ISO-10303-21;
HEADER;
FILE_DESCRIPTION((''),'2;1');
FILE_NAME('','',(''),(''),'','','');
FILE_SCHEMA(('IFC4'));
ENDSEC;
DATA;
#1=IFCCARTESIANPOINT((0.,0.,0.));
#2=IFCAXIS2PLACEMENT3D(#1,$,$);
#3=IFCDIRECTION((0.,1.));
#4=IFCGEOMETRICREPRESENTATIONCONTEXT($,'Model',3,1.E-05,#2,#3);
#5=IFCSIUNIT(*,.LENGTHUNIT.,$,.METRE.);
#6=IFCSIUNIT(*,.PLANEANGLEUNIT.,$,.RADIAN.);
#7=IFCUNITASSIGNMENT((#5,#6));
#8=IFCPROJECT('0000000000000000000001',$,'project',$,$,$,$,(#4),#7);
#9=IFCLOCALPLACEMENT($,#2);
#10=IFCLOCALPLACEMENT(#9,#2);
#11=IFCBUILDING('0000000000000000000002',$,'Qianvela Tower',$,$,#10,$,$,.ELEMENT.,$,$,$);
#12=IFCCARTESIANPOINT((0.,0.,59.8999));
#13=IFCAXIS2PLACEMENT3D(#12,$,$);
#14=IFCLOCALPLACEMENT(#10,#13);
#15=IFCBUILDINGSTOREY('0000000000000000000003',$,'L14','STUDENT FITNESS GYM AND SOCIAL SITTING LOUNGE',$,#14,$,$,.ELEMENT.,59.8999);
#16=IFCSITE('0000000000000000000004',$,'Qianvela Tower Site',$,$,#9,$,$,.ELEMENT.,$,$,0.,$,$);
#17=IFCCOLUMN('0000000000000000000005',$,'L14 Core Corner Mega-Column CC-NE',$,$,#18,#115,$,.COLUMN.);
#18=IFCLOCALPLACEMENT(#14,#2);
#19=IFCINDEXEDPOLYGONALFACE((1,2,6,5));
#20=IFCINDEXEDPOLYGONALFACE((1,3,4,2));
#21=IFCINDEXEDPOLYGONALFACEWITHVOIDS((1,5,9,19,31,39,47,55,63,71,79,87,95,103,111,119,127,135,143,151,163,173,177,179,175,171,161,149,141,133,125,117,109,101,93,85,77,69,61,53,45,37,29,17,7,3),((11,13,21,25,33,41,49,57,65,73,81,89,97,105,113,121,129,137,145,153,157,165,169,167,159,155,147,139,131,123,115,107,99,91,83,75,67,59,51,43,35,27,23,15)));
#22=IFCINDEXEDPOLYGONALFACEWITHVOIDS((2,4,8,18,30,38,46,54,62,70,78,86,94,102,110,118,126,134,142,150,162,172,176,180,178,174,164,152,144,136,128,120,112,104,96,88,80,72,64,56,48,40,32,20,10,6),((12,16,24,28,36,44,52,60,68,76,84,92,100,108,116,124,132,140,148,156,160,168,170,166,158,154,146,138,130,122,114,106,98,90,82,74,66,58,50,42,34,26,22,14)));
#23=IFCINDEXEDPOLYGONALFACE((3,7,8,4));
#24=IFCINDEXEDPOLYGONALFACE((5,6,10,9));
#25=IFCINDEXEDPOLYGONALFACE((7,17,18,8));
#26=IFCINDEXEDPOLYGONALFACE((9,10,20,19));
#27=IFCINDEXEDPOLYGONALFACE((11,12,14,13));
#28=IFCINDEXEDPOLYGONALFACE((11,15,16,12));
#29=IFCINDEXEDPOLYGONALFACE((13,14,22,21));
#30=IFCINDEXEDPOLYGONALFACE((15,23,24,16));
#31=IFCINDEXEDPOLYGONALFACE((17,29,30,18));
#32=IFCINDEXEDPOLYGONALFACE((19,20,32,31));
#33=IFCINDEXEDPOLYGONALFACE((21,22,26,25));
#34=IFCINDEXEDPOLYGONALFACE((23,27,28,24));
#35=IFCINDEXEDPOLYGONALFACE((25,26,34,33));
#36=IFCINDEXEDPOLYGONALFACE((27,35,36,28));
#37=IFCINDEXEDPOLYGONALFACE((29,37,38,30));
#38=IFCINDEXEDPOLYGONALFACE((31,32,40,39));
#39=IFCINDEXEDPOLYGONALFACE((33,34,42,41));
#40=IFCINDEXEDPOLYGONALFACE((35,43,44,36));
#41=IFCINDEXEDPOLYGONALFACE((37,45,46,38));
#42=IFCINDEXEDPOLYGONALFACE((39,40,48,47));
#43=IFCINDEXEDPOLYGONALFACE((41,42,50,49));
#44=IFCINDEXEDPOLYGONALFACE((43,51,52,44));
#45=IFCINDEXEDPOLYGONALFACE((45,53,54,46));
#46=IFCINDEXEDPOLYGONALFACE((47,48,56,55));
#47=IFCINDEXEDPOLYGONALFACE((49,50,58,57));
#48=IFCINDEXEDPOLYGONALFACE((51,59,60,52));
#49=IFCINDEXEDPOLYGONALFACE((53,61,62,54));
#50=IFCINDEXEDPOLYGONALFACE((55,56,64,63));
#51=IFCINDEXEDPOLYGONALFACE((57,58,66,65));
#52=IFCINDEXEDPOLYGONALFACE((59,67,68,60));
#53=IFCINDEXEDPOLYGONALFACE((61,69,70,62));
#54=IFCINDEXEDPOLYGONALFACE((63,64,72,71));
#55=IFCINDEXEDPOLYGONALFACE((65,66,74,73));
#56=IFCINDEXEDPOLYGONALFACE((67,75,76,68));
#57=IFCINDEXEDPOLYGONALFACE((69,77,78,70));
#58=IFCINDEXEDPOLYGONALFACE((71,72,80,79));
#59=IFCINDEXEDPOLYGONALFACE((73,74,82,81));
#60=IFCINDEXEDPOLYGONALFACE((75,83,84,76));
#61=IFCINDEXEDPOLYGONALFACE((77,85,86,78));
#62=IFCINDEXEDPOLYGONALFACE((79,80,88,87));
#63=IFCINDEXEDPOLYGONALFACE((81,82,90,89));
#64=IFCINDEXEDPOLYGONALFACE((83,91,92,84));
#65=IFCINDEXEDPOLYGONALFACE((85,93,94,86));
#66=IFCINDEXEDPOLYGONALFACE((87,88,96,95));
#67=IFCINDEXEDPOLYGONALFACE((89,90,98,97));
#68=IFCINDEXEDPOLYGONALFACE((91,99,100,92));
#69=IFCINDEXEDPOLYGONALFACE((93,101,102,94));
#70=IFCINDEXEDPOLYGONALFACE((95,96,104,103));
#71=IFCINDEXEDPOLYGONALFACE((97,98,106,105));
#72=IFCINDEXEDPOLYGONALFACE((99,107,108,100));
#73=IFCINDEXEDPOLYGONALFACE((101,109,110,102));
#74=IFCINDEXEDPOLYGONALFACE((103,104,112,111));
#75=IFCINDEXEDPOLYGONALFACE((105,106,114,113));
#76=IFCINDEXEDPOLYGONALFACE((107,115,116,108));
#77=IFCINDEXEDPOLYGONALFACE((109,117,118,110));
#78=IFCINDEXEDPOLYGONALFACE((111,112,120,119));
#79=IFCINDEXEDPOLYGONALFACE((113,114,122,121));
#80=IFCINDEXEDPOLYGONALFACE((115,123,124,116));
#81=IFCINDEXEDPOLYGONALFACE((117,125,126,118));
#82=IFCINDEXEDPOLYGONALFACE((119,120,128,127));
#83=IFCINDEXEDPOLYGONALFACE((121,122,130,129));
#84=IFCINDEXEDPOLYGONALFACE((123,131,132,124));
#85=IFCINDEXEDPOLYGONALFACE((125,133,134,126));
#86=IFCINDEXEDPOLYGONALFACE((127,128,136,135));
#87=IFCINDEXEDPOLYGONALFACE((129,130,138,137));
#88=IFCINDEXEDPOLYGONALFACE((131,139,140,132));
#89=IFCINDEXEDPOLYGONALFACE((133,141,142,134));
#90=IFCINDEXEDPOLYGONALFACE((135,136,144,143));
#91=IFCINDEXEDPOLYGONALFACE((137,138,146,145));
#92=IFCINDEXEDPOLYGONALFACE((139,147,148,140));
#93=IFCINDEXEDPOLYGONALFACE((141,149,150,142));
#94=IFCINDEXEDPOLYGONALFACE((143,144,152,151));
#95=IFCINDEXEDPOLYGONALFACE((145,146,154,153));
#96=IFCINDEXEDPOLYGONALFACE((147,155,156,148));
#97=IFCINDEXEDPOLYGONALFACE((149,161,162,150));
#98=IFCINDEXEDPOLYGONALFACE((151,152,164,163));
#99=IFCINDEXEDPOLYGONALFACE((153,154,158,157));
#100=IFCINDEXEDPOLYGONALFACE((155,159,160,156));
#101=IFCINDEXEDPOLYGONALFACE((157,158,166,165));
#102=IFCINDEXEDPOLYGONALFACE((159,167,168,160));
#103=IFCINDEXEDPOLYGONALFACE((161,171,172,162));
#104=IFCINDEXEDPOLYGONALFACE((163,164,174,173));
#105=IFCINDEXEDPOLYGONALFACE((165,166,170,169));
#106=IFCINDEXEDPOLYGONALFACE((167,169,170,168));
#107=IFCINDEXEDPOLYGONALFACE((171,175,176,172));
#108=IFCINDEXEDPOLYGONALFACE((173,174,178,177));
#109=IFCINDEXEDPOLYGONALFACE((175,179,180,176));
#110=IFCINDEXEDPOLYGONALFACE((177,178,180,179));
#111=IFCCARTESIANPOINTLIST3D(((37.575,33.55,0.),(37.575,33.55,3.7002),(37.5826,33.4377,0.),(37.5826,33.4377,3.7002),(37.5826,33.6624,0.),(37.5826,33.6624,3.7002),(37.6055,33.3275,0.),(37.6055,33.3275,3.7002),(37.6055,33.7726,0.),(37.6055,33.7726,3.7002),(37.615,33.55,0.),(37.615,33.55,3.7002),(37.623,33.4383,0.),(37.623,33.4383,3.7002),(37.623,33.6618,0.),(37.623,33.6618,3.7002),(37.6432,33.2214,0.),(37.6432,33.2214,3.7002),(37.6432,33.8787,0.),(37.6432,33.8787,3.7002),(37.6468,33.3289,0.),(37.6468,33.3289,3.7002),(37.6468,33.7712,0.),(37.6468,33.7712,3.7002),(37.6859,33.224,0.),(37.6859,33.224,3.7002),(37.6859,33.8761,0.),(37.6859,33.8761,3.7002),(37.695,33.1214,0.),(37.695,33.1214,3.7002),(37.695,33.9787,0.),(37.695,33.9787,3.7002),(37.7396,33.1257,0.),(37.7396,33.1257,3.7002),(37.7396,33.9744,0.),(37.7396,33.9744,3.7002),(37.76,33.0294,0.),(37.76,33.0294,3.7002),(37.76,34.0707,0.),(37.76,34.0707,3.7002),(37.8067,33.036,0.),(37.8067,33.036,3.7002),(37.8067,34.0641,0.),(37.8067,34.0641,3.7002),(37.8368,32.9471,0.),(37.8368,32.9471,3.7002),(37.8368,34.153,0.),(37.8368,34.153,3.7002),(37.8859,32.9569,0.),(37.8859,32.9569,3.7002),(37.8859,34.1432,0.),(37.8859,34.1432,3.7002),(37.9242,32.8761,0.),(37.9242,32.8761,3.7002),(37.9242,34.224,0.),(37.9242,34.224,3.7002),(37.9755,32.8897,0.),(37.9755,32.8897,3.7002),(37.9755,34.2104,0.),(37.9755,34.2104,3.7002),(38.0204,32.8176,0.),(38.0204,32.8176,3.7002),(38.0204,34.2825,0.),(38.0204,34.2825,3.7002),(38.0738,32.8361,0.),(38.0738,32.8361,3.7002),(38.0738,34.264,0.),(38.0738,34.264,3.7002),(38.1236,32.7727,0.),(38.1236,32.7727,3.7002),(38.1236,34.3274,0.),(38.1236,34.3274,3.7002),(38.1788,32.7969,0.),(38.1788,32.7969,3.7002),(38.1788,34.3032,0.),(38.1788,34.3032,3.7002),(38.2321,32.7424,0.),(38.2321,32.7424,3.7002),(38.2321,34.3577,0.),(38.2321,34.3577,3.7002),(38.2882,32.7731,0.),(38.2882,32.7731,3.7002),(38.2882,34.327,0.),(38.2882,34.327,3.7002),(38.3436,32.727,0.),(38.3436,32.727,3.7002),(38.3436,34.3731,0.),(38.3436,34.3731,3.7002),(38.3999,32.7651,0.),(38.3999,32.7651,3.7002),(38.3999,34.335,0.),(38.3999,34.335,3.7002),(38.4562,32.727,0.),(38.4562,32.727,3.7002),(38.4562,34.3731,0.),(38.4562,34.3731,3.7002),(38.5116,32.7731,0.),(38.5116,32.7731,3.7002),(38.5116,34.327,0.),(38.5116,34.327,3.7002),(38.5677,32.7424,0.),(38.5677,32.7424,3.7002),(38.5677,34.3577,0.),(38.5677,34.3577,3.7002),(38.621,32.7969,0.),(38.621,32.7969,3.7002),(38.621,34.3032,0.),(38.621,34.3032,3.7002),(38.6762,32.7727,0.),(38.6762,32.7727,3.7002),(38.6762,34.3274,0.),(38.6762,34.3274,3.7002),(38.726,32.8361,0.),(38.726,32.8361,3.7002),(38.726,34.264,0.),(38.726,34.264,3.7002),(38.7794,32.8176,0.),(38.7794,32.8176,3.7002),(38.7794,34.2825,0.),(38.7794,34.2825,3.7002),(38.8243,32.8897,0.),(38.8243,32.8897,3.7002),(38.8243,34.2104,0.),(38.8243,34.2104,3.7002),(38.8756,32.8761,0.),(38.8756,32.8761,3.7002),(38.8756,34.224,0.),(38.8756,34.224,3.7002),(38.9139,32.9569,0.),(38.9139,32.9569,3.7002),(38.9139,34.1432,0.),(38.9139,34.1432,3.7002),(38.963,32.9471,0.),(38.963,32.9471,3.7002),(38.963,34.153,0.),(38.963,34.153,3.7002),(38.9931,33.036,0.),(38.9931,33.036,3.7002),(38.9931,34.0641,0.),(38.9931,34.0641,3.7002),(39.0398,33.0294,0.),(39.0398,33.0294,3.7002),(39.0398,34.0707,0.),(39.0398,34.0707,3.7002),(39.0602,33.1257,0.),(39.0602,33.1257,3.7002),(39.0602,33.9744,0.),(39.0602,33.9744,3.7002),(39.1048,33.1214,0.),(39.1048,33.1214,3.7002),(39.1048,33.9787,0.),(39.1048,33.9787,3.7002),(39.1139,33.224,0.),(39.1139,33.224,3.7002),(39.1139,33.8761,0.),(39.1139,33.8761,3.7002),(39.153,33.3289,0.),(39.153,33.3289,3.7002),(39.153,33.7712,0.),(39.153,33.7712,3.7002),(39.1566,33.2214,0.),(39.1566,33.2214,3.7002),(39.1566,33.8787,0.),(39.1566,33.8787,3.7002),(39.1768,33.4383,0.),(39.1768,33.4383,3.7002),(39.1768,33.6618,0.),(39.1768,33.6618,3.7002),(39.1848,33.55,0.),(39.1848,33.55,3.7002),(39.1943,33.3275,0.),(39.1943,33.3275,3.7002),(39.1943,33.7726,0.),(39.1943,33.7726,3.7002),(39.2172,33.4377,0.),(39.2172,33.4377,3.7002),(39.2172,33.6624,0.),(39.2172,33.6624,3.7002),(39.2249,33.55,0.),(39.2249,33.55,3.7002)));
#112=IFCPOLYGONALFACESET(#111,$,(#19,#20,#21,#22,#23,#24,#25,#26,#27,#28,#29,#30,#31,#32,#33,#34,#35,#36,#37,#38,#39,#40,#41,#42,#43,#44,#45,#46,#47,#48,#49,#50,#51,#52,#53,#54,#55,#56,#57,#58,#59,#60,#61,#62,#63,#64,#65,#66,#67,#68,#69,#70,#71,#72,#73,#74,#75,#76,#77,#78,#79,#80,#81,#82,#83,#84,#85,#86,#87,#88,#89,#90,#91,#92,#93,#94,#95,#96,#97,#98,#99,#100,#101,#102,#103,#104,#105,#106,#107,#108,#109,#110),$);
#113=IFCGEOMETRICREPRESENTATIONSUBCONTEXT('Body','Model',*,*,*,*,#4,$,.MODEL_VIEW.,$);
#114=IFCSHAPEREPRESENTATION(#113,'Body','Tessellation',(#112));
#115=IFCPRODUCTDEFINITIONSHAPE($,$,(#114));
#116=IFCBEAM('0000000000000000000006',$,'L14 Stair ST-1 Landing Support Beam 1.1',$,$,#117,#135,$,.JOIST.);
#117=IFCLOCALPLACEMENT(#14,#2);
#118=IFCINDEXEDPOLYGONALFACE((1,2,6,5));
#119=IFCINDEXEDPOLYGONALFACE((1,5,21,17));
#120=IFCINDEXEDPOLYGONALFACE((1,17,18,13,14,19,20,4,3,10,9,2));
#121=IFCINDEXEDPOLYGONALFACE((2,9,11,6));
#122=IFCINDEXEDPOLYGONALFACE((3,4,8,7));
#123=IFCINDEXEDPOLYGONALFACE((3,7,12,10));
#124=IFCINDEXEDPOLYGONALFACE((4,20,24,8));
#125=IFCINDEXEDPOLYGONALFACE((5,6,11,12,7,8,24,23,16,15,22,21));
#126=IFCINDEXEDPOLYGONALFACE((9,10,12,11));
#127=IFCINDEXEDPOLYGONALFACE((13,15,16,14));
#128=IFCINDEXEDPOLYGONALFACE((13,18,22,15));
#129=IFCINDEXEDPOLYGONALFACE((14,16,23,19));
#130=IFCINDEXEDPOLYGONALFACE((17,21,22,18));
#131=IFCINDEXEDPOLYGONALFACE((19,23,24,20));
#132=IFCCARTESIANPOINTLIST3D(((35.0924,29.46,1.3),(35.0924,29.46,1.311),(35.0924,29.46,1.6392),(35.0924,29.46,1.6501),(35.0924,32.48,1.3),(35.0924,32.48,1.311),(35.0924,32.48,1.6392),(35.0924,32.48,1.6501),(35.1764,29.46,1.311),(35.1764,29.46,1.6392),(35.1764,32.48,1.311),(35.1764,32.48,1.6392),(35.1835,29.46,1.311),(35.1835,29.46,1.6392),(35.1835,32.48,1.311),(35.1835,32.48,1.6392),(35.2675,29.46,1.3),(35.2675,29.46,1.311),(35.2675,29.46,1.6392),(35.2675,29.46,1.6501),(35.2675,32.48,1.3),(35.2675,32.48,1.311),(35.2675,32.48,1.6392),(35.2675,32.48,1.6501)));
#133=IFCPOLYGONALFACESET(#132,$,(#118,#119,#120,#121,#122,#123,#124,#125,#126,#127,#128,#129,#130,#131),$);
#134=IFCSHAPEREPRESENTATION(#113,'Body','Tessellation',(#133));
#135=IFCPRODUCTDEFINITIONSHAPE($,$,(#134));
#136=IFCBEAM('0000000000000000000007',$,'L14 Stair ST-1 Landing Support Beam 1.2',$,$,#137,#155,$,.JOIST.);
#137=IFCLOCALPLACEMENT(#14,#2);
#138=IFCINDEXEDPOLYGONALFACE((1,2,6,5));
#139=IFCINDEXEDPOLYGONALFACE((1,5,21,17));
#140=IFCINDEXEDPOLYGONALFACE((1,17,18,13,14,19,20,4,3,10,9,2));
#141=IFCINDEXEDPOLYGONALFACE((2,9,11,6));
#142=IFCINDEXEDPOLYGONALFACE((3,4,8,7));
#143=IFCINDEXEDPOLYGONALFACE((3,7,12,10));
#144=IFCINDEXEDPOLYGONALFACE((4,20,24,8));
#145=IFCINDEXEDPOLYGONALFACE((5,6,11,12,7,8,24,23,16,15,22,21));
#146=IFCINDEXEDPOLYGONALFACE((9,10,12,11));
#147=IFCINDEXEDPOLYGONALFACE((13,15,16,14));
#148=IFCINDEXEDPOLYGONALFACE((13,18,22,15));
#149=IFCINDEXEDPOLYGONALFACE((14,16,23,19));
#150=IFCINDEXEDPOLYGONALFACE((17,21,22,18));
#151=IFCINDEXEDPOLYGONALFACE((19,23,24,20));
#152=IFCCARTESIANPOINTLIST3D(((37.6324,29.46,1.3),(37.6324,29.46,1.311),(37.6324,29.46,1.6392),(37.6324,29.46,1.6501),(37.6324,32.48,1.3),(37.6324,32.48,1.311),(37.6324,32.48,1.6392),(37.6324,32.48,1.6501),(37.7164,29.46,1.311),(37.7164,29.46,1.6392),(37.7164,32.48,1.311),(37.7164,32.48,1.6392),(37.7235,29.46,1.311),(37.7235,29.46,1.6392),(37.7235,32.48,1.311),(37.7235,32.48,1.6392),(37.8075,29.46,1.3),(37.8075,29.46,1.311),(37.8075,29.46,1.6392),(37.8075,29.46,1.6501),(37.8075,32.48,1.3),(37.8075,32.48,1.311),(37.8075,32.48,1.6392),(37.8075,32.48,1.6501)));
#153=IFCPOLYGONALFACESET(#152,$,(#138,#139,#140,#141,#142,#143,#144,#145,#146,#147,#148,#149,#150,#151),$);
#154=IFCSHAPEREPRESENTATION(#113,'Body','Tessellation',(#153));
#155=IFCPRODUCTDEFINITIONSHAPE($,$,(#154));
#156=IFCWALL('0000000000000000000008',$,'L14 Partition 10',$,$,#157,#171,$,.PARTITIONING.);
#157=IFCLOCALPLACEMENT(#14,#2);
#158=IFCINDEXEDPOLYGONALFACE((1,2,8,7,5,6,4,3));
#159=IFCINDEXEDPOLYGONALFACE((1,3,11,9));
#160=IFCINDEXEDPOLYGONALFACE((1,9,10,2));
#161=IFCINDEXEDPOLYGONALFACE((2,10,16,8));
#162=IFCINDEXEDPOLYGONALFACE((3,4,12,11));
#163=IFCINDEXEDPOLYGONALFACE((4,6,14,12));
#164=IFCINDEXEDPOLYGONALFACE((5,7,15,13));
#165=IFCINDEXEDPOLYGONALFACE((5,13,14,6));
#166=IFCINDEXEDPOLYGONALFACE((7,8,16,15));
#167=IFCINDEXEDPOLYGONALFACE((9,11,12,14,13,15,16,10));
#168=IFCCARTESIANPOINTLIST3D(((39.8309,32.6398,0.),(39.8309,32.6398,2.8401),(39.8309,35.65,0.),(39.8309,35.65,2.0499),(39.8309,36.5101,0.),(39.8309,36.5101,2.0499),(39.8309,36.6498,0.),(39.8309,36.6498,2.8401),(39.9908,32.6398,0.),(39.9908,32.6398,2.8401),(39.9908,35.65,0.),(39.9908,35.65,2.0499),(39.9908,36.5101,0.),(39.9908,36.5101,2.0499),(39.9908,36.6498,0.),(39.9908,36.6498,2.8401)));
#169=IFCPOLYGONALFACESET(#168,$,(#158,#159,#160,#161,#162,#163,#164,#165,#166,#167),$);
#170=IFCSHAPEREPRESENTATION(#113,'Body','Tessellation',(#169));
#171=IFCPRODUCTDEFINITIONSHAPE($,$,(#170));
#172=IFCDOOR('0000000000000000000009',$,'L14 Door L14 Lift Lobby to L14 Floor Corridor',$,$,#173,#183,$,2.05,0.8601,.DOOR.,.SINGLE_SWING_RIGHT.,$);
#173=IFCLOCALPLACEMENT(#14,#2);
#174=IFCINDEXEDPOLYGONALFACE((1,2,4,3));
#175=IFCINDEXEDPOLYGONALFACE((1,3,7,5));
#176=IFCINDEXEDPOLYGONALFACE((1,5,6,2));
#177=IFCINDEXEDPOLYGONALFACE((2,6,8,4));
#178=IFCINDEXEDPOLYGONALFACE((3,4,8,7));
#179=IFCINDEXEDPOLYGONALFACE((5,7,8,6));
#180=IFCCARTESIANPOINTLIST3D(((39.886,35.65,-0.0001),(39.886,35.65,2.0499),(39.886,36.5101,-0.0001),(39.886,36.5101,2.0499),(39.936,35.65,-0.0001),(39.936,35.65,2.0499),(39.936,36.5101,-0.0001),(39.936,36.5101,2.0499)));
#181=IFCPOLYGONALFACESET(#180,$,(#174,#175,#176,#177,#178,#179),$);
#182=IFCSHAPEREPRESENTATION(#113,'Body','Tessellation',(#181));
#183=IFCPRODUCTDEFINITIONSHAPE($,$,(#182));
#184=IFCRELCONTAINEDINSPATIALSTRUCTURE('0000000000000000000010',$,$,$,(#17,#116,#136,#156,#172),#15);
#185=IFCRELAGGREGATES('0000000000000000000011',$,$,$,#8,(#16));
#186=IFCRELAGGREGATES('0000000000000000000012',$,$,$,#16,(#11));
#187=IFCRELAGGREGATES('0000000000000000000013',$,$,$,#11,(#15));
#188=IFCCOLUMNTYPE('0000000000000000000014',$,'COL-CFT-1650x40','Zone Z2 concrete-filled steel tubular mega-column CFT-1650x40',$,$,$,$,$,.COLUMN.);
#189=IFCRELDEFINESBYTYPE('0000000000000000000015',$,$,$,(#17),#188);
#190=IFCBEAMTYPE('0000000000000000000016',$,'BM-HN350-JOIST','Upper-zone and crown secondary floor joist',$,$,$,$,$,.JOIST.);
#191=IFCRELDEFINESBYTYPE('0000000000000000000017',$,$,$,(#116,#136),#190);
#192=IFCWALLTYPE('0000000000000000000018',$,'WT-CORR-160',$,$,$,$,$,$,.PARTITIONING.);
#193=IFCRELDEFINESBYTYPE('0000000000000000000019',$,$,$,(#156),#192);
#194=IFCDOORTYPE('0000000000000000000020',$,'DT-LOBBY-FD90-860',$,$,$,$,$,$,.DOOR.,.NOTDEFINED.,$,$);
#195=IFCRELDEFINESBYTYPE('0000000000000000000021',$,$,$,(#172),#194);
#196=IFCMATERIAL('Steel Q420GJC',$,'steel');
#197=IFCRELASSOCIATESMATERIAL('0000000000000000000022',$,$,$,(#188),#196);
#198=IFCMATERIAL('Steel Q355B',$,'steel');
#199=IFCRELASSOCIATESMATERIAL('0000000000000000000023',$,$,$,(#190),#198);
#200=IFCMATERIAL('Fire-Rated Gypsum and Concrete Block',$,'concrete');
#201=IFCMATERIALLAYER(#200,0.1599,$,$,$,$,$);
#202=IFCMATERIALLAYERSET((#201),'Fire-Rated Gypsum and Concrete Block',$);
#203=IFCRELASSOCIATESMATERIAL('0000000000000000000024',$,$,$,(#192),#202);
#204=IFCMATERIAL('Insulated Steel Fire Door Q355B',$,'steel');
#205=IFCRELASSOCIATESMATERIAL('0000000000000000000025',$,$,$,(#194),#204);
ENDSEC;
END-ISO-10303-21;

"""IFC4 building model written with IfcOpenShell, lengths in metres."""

from ifc_helpers import new_model, si_unit, direction, frame, frame_2d, origin, origin_2d, place, context, subcontext, project, spatial, rectangle, hollow_circle, i_section, extrude, material, layer, layer_set, material_profile, profile_set, type_object, element, fill, save


model = new_model("IFC4")

# Units and contexts
model_context = context("Model", 3, precision=1e-05, world=origin(), true_north=direction((0.0, 1.0)))
body_context = subcontext(model_context, "Body", "Model", "MODEL_VIEW")
ifc_project = project(units=[si_unit("LENGTHUNIT", "METRE"), si_unit("PLANEANGLEUNIT", "RADIAN")], contexts=[model_context])

# Site, building, storey
site_placement = place(None, origin())
site = spatial("IfcSite", under=ifc_project, at=site_placement, Name="Qianvela Tower Site", CompositionType="ELEMENT", RefElevation=0.0)
building_placement = place(site_placement, origin())
building = spatial("IfcBuilding", under=site, at=building_placement, Name="Qianvela Tower", CompositionType="ELEMENT")
storey_placement = place(building_placement, frame((0.0, 0.0, 59.8999)))
storey = spatial("IfcBuildingStorey", under=building, at=storey_placement, Name="L14", Description="STUDENT FITNESS GYM AND SOCIAL SITTING LOUNGE", CompositionType="ELEMENT", Elevation=59.8999)

# Column
ifc_material_1 = material(Name="Steel Q420GJC", Category="steel")
ifc_material_profile_1 = material_profile(ifc_material_1, hollow_circle(Radius=0.825, WallThickness=0.04, at=origin_2d()), Name="CFT-1650x40")
ifc_profile_set_1 = profile_set([ifc_material_profile_1], Name="Steel Q420GJC")
column_type = type_object("IfcColumnType", Name="COL-CFT-1650x40", Description="Zone Z2 concrete-filled steel tubular mega-column CFT-1650x40", PredefinedType="COLUMN", material=ifc_profile_set_1)
column_placement = place(storey_placement, frame((38.3999, 33.55, 0.0), z_axis=(0.0, 0.0, 1.0), x_axis=(1.0, 0.0, 0.0)))
element("IfcColumn", 1, at=column_placement, inside=storey, type_object=column_type, Name="L14 Core Corner Mega-Column CC-NE", PredefinedType="COLUMN", context=body_context, shape_type="SweptSolid", body=[
    extrude(hollow_circle(Radius=0.825, WallThickness=0.04, at=origin_2d()), origin(), (0.0, 0.0, 1.0), 3.7002),
])

# Beams
ifc_material_2 = material(Name="Steel Q355B", Category="steel")
ifc_material_profile_2 = material_profile(ifc_material_2, i_section(OverallWidth=0.175, OverallDepth=0.3501, WebThickness=0.0071, FlangeThickness=0.011, at=origin_2d()), Name="HN350x175x7x11")
ifc_profile_set_2 = profile_set([ifc_material_profile_2], Name="Steel Q355B")
beam_type = type_object("IfcBeamType", Name="BM-HN350-JOIST", Description="Upper-zone and crown secondary floor joist", PredefinedType="JOIST", material=ifc_profile_set_2)
for number, where, z_axis, x_axis, name in (
    (2, (35.1799, 29.46, 1.4751), (0.0, 1.0, 0.0), (-1.0, 0.0, 0.0), "L14 Stair ST-1 Landing Support Beam 1.1"),
    (3, (37.72, 29.46, 1.4751), (0.0, 1.0, 0.0), (-1.0, 0.0, 0.0), "L14 Stair ST-1 Landing Support Beam 1.2"),
):
    element("IfcBeam", number, at=place(storey_placement, frame(where, z_axis=z_axis, x_axis=x_axis)), inside=storey, type_object=beam_type, Name=name, PredefinedType="JOIST", context=body_context, shape_type="SweptSolid", body=[
        extrude(i_section(OverallWidth=0.175, OverallDepth=0.3501, WebThickness=0.0071, FlangeThickness=0.011, at=origin_2d()), origin(), (0.0, 0.0, 1.0), 3.02),
    ])

# Wall, opening, door
ifc_material_3 = material(Name="Fire-Rated Gypsum and Concrete Block", Category="concrete")
ifc_layer_1 = layer(ifc_material_3, 0.1599)
ifc_layer_set_1 = layer_set([ifc_layer_1], Name="Fire-Rated Gypsum and Concrete Block")
wall_type_1 = type_object("IfcWallType", Name="WT-CORR-160", PredefinedType="PARTITIONING", material=ifc_layer_set_1)
wall_1_placement = place(storey_placement, frame((39.9109, 32.6399, 0.0), z_axis=(0.0, 0.0, 1.0), x_axis=(0.0, 1.0, 0.0)))
wall_1 = element("IfcWall", 4, at=wall_1_placement, inside=storey, type_object=wall_type_1, Name="L14 Partition 10", PredefinedType="PARTITIONING", context=body_context, shape_type="SweptSolid", body=[
    extrude(rectangle(XDim=4.01, YDim=0.1599, at=frame_2d((2.0049, 0.0))), origin(), (0.0, 0.0, 1.0), 2.8401),
])
opening_1_placement = place(wall_1_placement, frame((3.01, 0.0, 0.0)))
opening_1 = element("IfcOpeningElement", 5, at=opening_1_placement, cuts=wall_1, PredefinedType="OPENING", context=body_context, shape_type="SweptSolid", body=[
    extrude(rectangle(XDim=0.8601, YDim=2.05, at=frame_2d((0.4302, 1.0249))), frame((0.0, 0.0898, 0.0), z_axis=(0.0, -1.0, 0.0), x_axis=(1.0, 0.0, 0.0)), (0.0, 0.0, 1.0), 0.1799),
])
ifc_material_4 = material(Name="Insulated Steel Fire Door Q355B", Category="steel")
door_type_1 = type_object("IfcDoorType", Name="DT-LOBBY-FD90-860", OperationType="NOTDEFINED", PredefinedType="DOOR", material=ifc_material_4)
door_1_placement = place(opening_1_placement, origin())
door_1 = element("IfcDoor", 6, at=door_1_placement, inside=storey, type_object=door_type_1, Name="L14 Door L14 Lift Lobby to L14 Floor Corridor", OperationType="SINGLE_SWING_RIGHT", OverallHeight=2.05, OverallWidth=0.8601, PredefinedType="DOOR", context=body_context, shape_type="SweptSolid", body=[
    extrude(rectangle(XDim=0.8601, YDim=2.05, at=frame_2d((0.4302, 1.0249))), frame((0.0, 0.0249, 0.0), z_axis=(0.0, -1.0, 0.0), x_axis=(1.0, 0.0, 0.0)), (0.0, 0.0, 1.0), 0.05),
])
fill(opening_1, door_1)

save(model, "model.ifc")
